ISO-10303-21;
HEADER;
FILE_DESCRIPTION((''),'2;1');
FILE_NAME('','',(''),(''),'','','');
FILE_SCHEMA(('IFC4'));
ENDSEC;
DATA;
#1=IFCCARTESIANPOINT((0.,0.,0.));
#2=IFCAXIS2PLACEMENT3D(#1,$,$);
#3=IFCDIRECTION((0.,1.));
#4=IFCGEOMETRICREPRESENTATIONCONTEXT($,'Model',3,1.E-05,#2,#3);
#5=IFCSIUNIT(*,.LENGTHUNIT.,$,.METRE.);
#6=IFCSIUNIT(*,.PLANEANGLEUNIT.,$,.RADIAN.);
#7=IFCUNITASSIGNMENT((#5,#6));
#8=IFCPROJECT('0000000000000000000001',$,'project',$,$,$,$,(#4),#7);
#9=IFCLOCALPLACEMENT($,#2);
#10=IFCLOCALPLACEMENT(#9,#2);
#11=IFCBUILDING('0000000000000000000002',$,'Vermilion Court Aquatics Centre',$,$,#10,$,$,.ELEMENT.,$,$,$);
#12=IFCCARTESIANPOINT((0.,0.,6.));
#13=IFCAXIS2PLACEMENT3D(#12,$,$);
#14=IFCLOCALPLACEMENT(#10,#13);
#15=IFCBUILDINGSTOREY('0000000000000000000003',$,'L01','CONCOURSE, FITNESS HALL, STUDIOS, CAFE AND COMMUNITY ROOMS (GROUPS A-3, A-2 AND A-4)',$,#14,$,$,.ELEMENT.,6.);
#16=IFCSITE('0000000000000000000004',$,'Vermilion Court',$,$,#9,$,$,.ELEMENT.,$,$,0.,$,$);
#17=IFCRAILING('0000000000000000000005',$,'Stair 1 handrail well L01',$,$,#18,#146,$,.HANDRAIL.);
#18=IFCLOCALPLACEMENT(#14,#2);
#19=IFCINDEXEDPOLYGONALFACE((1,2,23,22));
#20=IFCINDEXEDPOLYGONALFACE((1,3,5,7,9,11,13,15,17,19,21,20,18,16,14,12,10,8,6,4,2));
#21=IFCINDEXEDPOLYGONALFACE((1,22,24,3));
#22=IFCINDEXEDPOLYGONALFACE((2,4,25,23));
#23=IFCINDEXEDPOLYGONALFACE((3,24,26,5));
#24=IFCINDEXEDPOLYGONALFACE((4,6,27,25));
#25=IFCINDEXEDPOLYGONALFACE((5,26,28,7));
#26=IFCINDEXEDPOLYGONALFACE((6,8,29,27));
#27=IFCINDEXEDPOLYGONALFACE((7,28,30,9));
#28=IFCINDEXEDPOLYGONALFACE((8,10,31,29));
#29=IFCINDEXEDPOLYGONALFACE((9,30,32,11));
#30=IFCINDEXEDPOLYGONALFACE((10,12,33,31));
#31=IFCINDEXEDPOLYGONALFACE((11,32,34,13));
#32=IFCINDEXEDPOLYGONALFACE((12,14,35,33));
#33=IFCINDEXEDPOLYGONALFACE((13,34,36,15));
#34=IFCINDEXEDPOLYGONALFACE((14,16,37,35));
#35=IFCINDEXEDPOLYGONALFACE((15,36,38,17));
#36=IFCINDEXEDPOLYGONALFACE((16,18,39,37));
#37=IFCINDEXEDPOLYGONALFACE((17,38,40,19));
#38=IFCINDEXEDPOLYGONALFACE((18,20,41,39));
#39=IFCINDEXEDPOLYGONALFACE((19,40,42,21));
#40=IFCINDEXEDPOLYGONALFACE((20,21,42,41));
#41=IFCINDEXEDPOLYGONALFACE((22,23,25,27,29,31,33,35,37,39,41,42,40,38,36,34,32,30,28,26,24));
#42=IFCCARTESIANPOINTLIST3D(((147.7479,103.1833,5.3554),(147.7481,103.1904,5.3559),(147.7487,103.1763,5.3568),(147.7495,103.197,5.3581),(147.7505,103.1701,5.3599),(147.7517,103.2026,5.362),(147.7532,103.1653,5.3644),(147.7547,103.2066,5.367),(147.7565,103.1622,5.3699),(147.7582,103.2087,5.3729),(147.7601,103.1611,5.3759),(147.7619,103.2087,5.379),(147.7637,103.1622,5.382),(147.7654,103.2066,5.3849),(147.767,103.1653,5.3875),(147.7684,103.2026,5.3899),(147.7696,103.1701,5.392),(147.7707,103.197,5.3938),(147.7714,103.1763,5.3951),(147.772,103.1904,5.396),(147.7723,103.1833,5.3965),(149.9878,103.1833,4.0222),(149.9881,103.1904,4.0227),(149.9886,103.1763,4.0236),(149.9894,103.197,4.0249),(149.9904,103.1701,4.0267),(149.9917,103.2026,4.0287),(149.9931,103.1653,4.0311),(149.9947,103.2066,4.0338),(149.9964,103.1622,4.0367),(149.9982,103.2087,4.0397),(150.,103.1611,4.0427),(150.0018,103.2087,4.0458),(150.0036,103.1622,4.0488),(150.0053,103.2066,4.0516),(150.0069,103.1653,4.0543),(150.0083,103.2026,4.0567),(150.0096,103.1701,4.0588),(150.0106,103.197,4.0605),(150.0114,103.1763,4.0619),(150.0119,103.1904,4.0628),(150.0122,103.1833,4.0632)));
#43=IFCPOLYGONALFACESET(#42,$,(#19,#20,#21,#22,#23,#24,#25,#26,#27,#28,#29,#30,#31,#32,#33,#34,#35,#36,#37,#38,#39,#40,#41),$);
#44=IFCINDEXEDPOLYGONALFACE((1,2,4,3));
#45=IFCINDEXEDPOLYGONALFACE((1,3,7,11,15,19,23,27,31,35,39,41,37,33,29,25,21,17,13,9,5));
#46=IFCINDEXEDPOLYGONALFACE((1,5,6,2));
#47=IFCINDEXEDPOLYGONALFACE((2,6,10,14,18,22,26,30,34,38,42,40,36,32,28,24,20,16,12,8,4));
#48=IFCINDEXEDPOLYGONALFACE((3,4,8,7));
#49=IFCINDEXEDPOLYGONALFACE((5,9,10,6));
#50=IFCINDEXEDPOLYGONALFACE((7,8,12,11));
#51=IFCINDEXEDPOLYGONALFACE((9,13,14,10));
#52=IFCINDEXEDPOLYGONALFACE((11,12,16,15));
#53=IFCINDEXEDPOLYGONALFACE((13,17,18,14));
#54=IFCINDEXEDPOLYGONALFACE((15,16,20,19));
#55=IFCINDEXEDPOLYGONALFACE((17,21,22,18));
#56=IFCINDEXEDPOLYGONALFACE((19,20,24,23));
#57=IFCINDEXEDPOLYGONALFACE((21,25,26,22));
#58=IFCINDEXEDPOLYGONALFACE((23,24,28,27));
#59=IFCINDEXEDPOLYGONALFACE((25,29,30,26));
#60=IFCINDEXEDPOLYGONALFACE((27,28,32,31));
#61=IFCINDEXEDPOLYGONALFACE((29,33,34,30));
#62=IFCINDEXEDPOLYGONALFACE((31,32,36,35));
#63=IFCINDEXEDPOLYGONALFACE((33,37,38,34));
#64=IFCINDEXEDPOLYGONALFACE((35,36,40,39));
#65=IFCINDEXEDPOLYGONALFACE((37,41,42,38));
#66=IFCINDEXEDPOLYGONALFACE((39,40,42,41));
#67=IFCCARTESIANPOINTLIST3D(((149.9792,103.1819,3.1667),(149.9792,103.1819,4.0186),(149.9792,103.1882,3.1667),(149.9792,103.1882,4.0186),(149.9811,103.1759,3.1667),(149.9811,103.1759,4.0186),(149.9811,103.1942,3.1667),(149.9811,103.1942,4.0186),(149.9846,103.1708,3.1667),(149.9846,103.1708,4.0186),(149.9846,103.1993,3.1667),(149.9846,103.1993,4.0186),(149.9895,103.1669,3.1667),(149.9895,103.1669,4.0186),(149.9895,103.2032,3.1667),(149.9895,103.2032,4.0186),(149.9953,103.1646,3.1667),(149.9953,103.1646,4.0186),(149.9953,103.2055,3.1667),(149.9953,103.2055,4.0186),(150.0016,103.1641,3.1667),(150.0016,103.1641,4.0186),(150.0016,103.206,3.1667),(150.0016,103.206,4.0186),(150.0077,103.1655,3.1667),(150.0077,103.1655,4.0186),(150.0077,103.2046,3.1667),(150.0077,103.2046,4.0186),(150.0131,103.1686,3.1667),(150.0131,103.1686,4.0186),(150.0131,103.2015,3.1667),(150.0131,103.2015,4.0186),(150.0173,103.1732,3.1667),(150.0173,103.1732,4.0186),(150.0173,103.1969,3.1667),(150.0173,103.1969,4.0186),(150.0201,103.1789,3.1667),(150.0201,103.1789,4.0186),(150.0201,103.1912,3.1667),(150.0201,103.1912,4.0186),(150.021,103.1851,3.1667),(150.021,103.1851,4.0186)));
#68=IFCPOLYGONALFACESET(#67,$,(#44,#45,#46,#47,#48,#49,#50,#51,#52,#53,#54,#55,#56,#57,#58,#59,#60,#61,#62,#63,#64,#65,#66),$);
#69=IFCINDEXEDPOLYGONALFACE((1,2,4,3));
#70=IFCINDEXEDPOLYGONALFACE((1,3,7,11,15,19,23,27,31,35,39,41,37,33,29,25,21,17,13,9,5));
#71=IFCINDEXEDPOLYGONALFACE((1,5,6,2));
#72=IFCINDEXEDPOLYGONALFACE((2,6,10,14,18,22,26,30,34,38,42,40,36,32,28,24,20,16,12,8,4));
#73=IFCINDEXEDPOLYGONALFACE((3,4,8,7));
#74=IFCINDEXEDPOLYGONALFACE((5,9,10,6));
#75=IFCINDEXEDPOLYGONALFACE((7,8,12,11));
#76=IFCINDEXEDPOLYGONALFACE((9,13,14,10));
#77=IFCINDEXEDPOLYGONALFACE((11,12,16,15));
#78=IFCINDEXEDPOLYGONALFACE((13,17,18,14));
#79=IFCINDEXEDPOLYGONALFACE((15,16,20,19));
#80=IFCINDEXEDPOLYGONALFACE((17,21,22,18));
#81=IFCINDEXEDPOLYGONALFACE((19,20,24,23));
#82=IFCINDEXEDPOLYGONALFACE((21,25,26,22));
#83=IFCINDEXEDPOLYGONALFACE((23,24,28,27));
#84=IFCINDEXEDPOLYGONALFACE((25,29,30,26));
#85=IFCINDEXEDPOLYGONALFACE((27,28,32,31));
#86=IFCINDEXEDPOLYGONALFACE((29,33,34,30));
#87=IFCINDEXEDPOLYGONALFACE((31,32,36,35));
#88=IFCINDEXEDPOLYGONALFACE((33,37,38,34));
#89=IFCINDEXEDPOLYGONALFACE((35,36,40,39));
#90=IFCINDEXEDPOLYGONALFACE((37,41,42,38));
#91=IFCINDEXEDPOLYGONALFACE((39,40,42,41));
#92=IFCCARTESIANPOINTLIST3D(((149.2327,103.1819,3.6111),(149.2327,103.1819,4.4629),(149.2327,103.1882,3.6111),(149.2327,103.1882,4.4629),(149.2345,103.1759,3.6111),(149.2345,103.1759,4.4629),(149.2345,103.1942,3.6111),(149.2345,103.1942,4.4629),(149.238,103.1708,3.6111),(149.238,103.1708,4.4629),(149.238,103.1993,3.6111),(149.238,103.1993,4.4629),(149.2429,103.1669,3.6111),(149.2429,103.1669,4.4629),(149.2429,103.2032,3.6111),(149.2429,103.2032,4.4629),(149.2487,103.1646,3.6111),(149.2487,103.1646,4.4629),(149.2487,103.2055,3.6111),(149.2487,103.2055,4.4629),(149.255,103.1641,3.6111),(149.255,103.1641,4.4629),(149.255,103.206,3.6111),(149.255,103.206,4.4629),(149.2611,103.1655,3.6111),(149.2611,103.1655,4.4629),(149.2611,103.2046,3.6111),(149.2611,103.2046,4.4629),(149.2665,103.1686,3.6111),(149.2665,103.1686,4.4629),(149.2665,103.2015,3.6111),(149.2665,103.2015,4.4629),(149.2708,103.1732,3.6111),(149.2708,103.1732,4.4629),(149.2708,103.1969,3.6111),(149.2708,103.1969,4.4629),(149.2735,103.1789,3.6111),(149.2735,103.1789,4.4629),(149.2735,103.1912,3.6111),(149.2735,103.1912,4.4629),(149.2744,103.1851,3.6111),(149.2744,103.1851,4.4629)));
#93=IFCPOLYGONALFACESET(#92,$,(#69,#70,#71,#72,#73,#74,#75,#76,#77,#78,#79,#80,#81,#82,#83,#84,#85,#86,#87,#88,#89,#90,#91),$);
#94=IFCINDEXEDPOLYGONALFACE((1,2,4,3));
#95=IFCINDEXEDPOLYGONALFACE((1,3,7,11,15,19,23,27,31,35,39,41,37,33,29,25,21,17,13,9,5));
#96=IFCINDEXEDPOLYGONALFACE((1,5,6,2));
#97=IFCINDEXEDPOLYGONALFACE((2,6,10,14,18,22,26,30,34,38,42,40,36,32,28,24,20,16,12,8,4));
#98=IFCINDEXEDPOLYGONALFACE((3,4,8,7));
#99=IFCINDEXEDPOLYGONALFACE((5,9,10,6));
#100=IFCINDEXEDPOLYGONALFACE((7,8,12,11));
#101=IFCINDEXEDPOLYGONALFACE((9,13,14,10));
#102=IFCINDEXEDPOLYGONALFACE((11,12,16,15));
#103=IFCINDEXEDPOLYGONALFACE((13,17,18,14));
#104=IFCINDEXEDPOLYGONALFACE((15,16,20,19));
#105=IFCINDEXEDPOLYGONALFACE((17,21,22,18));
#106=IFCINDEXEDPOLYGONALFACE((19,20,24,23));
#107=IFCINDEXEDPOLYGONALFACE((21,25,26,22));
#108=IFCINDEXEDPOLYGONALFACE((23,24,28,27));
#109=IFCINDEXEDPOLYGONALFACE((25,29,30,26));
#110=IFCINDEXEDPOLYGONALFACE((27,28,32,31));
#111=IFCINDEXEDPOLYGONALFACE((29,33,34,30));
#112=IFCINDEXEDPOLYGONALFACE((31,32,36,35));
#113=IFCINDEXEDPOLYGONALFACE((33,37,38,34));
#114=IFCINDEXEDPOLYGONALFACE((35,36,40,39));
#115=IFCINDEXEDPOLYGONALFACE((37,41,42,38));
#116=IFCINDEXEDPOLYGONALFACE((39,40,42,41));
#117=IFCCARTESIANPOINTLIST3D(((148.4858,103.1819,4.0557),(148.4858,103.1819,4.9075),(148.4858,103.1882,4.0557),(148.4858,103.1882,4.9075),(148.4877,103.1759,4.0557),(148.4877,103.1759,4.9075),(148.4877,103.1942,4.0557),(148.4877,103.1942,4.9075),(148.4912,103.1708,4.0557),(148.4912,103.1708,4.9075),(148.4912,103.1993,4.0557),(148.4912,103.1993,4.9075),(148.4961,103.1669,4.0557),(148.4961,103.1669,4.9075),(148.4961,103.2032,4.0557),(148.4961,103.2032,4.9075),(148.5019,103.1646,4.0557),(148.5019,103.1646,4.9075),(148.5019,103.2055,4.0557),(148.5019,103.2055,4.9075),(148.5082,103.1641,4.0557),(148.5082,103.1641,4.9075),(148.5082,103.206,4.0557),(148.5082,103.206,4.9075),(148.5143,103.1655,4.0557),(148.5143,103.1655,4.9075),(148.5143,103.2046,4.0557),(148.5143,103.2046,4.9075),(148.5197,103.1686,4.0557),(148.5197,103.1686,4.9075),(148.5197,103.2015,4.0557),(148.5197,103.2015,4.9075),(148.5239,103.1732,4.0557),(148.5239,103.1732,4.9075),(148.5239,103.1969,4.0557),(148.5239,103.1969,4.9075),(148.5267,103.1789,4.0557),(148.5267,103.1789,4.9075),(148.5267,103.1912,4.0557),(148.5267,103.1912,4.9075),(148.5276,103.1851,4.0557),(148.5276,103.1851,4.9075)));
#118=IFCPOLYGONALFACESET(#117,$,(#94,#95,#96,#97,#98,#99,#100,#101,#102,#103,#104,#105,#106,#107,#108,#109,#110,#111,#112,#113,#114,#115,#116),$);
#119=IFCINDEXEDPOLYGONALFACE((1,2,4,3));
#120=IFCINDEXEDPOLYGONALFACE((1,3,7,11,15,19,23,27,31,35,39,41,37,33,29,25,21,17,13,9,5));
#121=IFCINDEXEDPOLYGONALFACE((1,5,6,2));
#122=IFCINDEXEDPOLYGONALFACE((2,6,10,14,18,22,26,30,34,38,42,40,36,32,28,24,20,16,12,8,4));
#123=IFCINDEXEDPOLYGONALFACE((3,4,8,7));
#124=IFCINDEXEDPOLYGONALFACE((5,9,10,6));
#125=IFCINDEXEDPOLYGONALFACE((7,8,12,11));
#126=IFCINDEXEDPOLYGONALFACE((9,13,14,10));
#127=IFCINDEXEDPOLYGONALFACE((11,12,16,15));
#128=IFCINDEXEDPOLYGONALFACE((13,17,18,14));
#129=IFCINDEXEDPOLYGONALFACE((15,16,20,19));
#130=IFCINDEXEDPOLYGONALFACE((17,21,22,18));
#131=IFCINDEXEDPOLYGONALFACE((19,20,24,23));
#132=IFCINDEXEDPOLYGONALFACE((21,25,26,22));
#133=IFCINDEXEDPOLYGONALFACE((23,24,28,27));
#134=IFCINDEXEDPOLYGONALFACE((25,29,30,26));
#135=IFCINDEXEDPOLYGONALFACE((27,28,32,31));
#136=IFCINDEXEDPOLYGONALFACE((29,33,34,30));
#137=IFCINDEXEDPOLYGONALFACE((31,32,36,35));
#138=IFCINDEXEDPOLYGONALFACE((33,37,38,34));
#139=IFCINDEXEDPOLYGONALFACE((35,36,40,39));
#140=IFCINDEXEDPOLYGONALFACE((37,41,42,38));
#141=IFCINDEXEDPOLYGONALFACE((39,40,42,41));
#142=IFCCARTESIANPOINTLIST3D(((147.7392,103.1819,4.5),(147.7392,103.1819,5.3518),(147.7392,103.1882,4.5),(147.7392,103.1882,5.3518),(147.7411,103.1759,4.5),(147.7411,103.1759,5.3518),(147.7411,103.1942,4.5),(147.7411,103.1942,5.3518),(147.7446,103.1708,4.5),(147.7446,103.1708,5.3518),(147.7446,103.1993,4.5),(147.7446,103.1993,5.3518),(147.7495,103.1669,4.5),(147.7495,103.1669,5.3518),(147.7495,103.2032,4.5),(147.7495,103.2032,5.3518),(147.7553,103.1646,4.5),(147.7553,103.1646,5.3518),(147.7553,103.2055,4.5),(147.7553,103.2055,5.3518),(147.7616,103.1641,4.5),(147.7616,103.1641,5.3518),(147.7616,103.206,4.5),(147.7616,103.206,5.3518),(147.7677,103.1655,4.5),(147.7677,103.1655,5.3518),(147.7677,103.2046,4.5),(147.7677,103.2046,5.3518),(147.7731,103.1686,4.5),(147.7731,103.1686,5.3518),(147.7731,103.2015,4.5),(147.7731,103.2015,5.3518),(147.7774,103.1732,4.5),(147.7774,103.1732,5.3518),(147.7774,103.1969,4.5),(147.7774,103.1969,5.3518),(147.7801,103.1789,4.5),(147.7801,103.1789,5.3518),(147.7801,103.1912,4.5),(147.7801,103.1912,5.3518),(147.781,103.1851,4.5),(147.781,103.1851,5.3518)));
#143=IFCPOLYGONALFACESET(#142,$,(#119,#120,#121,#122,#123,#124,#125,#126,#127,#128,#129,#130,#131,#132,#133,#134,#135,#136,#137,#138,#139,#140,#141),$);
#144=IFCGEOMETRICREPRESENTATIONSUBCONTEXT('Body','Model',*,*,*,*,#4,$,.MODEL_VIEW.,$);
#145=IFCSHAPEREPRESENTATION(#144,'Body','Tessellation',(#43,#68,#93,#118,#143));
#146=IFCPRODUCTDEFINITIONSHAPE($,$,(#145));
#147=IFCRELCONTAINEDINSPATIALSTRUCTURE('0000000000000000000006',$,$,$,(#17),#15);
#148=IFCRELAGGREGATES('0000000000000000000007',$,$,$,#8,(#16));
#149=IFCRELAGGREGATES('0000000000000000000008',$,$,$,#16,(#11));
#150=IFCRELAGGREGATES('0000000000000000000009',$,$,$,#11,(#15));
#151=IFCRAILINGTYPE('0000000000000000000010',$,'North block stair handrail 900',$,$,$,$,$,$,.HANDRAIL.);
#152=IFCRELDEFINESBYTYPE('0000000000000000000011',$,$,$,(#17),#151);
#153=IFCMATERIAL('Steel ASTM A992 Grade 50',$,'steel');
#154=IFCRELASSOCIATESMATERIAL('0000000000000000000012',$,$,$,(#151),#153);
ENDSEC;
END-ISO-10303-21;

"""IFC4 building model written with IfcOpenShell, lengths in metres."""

from ifc_helpers import new_model, si_unit, direction, frame, origin, origin_2d, place, context, subcontext, project, spatial, circle, extrude, material, type_object, element, save


model = new_model("IFC4")

# Units and contexts
model_context = context("Model", 3, precision=1e-05, world=origin(), true_north=direction((0.0, 1.0)))
body_context = subcontext(model_context, "Body", "Model", "MODEL_VIEW")
ifc_project = project(units=[si_unit("LENGTHUNIT", "METRE"), si_unit("PLANEANGLEUNIT", "RADIAN")], contexts=[model_context])

# Site, building, storey
site_placement = place(None, origin())
site = spatial("IfcSite", under=ifc_project, at=site_placement, Name="Vermilion Court", CompositionType="ELEMENT", RefElevation=0.0)
building_placement = place(site_placement, origin())
building = spatial("IfcBuilding", under=site, at=building_placement, Name="Vermilion Court Aquatics Centre", CompositionType="ELEMENT")
storey_placement = place(building_placement, frame((0.0, 0.0, 6.0)))
storey = spatial("IfcBuildingStorey", under=building, at=storey_placement, Name="L01", Description="CONCOURSE, FITNESS HALL, STUDIOS, CAFE AND COMMUNITY ROOMS (GROUPS A-3, A-2 AND A-4)", CompositionType="ELEMENT", Elevation=6.0)

# Railing
ifc_material_1 = material(Name="Steel ASTM A992 Grade 50", Category="steel")
railing_type_1 = type_object("IfcRailingType", Name="North block stair handrail 900", PredefinedType="HANDRAIL", material=ifc_material_1)
for number, where, name in (
    (1, (150.0, 103.1851, 3.1667), "Stair 1 handrail well L01"),
):
    element("IfcRailing", number, at=place(storey_placement, frame(where)), inside=storey, type_object=railing_type_1, Name=name, PredefinedType="HANDRAIL", context=body_context, shape_type="SweptSolid", body=[
        extrude(circle(Radius=0.0239, at=origin_2d()), frame((0.0, 0.0, 0.876), z_axis=(-0.859306, 0.0, 0.511462), x_axis=(0.0, -1.0, 0.0)), (0.0, 0.0, 1.0), 2.6067),
        extrude(circle(Radius=0.021, at=origin_2d()), origin(), (0.0, 0.0, 1.0), 0.8518),
        extrude(circle(Radius=0.021, at=origin_2d()), frame((-0.7466, 0.0, 0.4443)), (0.0, 0.0, 1.0), 0.8518),
        extrude(circle(Radius=0.021, at=origin_2d()), frame((-1.4934, 0.0, 0.8889)), (0.0, 0.0, 1.0), 0.8518),
        extrude(circle(Radius=0.021, at=origin_2d()), frame((-2.24, 0.0, 1.3333)), (0.0, 0.0, 1.0), 0.8518),
    ])

save(model, "model.ifc")
